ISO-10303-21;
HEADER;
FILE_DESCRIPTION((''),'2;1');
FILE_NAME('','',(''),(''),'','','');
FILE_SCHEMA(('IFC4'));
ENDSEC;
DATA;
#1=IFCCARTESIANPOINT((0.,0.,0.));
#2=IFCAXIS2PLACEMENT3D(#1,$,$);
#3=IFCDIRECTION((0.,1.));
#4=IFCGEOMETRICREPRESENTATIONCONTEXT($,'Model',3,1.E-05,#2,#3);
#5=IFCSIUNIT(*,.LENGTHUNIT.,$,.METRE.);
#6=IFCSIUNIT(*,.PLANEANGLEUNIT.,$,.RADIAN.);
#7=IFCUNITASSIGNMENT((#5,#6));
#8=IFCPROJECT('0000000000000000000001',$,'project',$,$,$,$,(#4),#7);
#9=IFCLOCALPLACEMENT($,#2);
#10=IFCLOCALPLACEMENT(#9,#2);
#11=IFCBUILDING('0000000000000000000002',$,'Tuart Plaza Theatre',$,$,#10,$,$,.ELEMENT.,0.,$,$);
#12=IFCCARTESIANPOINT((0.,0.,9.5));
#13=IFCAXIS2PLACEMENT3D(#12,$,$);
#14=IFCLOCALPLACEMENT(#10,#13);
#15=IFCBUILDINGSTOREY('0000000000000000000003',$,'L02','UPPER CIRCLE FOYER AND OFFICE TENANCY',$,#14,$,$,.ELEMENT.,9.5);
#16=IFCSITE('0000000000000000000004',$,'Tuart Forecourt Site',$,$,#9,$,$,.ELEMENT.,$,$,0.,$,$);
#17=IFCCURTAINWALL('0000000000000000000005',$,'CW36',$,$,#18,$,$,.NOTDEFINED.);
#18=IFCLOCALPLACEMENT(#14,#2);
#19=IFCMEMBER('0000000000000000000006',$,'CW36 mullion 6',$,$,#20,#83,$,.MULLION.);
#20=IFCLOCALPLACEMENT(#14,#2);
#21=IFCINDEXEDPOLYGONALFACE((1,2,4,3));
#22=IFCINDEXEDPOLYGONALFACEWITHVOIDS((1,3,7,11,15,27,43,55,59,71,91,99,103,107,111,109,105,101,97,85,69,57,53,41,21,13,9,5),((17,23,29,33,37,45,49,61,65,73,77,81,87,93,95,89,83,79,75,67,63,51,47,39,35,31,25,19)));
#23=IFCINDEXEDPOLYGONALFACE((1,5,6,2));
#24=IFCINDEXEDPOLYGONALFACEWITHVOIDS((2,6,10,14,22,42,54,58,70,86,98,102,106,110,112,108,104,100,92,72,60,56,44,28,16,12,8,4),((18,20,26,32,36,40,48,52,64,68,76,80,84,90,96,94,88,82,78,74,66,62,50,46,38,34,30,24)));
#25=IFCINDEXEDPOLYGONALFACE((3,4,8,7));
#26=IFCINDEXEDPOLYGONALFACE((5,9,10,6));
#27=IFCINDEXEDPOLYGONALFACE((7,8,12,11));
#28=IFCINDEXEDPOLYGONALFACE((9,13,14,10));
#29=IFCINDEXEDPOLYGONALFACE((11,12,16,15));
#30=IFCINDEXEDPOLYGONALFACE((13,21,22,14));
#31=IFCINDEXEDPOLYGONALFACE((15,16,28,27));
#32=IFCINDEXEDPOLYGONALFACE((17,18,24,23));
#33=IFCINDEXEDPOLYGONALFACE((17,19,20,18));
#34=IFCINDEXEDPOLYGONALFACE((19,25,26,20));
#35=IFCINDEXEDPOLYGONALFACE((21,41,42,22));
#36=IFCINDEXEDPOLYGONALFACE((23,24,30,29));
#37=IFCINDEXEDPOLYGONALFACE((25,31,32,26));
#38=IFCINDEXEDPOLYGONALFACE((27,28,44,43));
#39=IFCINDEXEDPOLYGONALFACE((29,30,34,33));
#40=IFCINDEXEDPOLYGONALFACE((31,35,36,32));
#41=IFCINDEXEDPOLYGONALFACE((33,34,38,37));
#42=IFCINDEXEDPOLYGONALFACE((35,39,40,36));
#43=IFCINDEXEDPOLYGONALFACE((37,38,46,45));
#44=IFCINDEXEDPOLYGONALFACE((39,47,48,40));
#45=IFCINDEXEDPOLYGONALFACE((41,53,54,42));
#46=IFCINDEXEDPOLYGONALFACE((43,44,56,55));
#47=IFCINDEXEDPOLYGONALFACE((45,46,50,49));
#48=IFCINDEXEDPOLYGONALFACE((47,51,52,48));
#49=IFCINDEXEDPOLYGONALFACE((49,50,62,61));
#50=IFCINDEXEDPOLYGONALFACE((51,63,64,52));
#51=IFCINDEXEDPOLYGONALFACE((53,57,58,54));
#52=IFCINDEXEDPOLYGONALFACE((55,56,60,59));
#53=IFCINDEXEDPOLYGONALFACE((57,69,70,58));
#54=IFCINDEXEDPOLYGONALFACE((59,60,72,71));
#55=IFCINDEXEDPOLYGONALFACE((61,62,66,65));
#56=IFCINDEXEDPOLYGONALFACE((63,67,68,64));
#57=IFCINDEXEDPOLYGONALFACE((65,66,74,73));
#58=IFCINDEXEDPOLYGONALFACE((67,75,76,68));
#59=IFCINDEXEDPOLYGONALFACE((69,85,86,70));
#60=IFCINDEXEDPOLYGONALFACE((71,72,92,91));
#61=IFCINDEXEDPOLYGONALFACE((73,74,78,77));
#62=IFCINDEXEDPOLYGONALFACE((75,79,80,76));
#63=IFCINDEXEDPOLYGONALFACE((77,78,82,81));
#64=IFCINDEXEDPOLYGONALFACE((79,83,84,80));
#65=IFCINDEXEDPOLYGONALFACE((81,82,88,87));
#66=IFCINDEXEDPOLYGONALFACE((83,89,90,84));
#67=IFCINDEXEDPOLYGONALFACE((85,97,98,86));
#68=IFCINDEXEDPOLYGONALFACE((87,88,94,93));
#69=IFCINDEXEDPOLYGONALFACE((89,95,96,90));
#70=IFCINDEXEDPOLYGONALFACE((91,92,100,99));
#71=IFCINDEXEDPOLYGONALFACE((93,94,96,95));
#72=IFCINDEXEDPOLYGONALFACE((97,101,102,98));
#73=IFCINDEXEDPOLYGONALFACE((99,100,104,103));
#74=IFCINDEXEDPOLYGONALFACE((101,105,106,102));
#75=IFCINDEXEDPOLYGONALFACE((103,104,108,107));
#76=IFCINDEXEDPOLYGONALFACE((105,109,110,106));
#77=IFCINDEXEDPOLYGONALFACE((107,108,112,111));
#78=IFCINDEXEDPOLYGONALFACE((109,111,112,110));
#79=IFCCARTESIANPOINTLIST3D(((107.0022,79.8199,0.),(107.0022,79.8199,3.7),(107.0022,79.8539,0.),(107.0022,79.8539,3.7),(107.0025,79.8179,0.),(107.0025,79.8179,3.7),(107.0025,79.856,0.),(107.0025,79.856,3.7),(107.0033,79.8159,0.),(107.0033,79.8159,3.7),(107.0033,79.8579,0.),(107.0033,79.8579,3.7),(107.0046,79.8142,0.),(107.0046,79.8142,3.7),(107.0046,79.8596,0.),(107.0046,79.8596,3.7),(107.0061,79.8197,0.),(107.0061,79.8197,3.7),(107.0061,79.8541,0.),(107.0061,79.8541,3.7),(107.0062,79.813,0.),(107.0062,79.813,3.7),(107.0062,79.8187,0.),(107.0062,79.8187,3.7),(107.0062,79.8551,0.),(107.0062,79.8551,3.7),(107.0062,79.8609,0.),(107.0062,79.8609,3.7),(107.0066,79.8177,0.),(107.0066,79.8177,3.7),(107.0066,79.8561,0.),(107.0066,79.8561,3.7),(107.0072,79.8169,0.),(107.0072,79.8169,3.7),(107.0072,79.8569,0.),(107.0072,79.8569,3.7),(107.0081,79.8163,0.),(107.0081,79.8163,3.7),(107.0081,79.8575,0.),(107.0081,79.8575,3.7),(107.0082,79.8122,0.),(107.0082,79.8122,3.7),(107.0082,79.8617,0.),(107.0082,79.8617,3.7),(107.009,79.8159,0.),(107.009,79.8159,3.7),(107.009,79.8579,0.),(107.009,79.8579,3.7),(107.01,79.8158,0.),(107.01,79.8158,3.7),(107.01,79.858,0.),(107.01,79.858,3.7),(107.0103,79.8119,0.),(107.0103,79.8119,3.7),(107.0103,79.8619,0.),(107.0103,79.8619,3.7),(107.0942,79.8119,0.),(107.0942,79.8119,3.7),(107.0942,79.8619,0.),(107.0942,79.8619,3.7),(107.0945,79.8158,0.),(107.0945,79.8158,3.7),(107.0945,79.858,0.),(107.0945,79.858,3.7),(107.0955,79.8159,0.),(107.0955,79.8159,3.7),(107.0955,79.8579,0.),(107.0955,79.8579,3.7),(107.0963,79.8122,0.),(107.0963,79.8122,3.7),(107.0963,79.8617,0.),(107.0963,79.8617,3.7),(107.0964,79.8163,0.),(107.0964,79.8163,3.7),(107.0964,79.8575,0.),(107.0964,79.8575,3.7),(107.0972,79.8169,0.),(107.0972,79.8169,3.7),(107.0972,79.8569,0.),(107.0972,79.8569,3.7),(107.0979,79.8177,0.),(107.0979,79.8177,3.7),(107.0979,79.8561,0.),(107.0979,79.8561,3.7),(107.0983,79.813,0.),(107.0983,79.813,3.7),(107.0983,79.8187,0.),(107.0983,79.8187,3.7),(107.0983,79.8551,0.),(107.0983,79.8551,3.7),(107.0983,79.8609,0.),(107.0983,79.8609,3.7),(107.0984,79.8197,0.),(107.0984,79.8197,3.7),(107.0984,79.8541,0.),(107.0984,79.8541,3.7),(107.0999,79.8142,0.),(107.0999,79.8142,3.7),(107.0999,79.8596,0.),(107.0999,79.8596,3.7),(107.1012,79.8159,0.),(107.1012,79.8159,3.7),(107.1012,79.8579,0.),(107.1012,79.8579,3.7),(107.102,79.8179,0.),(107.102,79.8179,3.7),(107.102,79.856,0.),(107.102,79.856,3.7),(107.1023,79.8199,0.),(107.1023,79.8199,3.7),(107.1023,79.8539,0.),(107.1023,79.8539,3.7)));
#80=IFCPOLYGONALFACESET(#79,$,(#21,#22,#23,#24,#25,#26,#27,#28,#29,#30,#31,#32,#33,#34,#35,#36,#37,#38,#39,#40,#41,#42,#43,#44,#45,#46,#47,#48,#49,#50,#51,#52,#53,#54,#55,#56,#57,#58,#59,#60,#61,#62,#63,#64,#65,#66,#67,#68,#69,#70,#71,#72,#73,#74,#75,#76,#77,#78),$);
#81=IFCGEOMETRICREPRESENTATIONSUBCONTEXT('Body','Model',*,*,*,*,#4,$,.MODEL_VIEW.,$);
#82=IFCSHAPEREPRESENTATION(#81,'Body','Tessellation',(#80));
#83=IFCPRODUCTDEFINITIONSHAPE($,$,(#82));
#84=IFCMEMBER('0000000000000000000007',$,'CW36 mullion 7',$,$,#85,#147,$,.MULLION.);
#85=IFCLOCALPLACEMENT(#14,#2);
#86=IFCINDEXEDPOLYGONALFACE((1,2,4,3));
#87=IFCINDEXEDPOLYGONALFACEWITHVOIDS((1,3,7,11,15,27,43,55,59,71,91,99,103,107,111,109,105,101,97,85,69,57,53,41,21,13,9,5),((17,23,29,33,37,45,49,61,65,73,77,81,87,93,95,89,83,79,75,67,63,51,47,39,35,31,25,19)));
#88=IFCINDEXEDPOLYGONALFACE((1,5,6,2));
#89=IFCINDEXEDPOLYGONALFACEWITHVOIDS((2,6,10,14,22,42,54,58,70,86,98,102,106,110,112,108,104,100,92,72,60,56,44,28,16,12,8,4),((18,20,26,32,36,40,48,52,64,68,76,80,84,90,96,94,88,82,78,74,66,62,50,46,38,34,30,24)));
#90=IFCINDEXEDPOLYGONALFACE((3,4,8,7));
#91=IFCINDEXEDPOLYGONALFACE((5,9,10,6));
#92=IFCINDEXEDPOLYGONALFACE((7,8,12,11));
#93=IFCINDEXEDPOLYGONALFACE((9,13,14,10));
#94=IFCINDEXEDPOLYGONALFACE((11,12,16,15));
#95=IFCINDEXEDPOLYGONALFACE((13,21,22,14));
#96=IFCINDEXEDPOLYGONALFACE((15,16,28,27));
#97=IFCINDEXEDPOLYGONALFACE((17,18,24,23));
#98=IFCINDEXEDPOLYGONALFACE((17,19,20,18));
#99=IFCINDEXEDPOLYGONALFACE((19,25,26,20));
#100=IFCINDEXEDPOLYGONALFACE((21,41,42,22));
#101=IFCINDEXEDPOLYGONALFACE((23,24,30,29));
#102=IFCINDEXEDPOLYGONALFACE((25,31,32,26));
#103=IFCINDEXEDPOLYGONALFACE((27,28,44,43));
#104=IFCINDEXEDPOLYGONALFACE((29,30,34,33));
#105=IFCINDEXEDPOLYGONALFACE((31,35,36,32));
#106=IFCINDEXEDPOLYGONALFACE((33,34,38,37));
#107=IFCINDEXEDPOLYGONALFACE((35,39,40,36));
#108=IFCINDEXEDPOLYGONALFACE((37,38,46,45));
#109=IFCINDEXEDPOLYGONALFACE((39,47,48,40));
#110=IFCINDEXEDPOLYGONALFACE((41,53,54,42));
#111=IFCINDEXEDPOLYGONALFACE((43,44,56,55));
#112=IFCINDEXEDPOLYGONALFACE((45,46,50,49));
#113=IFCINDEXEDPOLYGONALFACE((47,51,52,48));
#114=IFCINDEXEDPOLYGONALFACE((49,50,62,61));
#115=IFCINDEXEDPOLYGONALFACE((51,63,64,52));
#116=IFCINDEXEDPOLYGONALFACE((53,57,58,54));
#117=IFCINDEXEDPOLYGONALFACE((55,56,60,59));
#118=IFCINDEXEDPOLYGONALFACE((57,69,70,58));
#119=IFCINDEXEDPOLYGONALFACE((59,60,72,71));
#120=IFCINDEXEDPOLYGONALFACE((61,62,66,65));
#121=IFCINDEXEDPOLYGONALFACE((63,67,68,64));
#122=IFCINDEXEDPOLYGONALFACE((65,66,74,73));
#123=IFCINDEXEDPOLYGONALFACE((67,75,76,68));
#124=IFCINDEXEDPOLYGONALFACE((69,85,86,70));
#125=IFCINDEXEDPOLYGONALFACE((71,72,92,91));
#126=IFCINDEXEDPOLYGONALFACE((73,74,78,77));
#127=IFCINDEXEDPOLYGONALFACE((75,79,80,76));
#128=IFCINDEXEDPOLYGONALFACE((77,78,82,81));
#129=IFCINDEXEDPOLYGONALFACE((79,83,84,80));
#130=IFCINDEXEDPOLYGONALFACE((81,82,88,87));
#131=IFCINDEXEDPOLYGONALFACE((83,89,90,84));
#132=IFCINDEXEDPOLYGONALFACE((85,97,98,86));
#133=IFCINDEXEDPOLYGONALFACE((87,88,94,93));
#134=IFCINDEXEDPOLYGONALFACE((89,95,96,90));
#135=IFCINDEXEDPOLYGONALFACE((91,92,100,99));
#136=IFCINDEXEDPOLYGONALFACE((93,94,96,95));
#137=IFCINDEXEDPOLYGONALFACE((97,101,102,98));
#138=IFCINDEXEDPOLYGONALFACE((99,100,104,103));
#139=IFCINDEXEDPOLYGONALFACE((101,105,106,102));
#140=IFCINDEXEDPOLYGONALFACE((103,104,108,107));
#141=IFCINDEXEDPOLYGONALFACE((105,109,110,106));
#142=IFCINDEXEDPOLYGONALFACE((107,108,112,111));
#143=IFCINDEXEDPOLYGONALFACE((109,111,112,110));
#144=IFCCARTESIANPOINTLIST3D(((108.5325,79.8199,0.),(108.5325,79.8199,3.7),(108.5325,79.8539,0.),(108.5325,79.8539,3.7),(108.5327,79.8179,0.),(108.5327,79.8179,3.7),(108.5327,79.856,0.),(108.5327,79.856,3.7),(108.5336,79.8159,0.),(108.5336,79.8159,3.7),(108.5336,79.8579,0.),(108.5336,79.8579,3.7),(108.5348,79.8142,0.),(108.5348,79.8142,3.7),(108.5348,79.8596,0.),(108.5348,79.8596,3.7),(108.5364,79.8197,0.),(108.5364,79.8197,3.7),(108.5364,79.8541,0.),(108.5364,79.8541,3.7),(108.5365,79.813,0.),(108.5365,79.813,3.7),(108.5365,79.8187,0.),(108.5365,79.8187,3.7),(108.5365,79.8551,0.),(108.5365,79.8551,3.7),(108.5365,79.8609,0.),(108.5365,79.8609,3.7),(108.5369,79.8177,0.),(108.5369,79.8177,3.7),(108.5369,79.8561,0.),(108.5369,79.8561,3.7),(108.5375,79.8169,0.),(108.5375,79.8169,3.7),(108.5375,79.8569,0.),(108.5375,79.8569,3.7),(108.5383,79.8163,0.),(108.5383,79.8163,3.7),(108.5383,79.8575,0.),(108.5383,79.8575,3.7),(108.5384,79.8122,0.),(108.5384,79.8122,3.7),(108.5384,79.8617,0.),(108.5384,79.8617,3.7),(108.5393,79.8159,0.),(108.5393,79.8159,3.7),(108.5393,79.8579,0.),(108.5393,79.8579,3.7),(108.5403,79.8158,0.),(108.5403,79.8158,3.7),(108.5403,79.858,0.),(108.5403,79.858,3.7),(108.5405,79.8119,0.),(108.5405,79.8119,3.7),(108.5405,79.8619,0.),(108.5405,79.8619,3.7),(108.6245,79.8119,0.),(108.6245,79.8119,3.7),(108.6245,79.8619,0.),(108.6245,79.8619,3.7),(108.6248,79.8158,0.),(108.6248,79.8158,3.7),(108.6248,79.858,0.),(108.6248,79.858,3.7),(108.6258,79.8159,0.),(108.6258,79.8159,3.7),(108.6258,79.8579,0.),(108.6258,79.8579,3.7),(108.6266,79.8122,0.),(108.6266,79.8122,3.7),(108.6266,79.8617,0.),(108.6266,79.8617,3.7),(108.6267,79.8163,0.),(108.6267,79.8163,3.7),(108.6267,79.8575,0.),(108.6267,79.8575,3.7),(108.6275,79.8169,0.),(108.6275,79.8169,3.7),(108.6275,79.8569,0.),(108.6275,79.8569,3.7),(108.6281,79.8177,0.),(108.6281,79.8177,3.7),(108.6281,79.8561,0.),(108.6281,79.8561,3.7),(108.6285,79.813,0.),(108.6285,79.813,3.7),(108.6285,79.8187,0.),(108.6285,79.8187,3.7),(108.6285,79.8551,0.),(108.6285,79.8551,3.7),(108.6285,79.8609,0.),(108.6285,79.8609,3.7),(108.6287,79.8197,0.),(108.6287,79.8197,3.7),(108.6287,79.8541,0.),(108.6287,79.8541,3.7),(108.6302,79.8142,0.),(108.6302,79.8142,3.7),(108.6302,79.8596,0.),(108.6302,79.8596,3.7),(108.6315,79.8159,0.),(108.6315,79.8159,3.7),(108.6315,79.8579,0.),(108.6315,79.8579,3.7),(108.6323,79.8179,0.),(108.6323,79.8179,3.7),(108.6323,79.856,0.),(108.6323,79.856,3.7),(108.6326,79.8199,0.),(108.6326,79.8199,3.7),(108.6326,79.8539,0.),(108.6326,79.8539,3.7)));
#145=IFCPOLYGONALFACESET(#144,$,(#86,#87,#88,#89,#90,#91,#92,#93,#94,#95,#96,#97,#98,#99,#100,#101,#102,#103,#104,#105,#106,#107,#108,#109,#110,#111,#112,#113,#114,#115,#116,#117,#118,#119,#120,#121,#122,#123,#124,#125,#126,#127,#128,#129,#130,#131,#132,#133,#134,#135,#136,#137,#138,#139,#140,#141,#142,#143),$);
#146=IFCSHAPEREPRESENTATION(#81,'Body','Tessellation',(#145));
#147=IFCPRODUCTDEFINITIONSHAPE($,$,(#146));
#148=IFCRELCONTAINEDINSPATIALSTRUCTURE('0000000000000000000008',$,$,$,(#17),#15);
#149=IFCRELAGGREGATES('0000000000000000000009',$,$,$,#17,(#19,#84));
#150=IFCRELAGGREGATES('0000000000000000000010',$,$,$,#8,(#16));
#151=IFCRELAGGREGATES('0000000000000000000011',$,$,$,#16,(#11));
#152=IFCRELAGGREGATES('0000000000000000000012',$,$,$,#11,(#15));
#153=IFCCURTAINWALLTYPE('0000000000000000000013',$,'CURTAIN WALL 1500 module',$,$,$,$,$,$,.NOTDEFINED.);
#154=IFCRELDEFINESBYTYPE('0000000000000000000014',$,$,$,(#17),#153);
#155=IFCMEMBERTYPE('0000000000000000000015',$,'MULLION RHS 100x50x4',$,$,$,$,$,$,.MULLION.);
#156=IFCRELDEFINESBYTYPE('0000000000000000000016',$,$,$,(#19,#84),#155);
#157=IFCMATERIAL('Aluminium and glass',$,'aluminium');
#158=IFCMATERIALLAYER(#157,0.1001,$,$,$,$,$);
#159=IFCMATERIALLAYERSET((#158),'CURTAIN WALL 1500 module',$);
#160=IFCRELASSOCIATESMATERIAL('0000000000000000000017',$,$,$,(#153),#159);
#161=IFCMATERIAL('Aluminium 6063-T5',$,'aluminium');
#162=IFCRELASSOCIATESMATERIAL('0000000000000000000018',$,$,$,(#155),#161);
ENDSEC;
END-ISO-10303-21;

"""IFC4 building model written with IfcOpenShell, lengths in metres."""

from ifc_helpers import new_model, si_unit, direction, frame, origin, origin_2d, place, context, subcontext, project, spatial, hollow_rectangle, extrude, material, layer, layer_set, material_profile, profile_set, type_object, element, aggregate, save


model = new_model("IFC4")

# Units and contexts
model_context = context("Model", 3, precision=1e-05, world=origin(), true_north=direction((0.0, 1.0)))
body_context = subcontext(model_context, "Body", "Model", "MODEL_VIEW")
ifc_project = project(units=[si_unit("LENGTHUNIT", "METRE"), si_unit("PLANEANGLEUNIT", "RADIAN")], contexts=[model_context])

# Site, building, storey
site_placement = place(None, origin())
site = spatial("IfcSite", under=ifc_project, at=site_placement, Name="Tuart Forecourt Site", CompositionType="ELEMENT", RefElevation=0.0)
building_placement = place(site_placement, origin())
building = spatial("IfcBuilding", under=site, at=building_placement, Name="Tuart Plaza Theatre", CompositionType="ELEMENT", ElevationOfRefHeight=0.0)
storey_placement = place(building_placement, frame((0.0, 0.0, 9.5)))
storey = spatial("IfcBuildingStorey", under=building, at=storey_placement, Name="L02", Description="UPPER CIRCLE FOYER AND OFFICE TENANCY", CompositionType="ELEMENT", Elevation=9.5)

# Curtain wall, members
ifc_material_1 = material(Name="Aluminium and glass", Category="aluminium")
ifc_layer_1 = layer(ifc_material_1, 0.1001)
ifc_layer_set_1 = layer_set([ifc_layer_1], Name="CURTAIN WALL 1500 module")
curtain_wall_type = type_object("IfcCurtainWallType", Name="CURTAIN WALL 1500 module", PredefinedType="NOTDEFINED", material=ifc_layer_set_1)
curtain_wall_placement = place(storey_placement, origin())
curtain_wall = element("IfcCurtainWall", 1, at=curtain_wall_placement, inside=storey, type_object=curtain_wall_type, Name="CW36", PredefinedType="NOTDEFINED")
ifc_material_2 = material(Name="Aluminium 6063-T5", Category="aluminium")
ifc_material_profile_1 = material_profile(ifc_material_2, hollow_rectangle(XDim=0.05, YDim=0.1001, WallThickness=0.0039, InnerFilletRadius=0.0039, OuterFilletRadius=0.0081, at=origin_2d()), Name="RHS 100x50x4")
ifc_profile_set_1 = profile_set([ifc_material_profile_1], Name="Aluminium 6063-T5")
member_type_1 = type_object("IfcMemberType", Name="MULLION RHS 100x50x4", PredefinedType="MULLION", material=ifc_profile_set_1)
member_1_placement = place(storey_placement, frame((107.0522, 79.8369, 0.0), z_axis=(0.0, 0.0, 1.0), x_axis=(0.0, 1.0, 0.0)))
member_1 = element("IfcMember", 2, at=member_1_placement, type_object=member_type_1, Name="CW36 mullion 6", PredefinedType="MULLION", context=body_context, shape_type="SweptSolid", body=[
    extrude(hollow_rectangle(XDim=0.05, YDim=0.1001, WallThickness=0.0039, InnerFilletRadius=0.0039, OuterFilletRadius=0.0081, at=origin_2d()), origin(), (0.0, 0.0, 1.0), 3.7),
])
member_2_placement = place(storey_placement, frame((108.5825, 79.8369, 0.0), z_axis=(0.0, 0.0, 1.0), x_axis=(0.0, 1.0, 0.0)))
member_2 = element("IfcMember", 3, at=member_2_placement, type_object=member_type_1, Name="CW36 mullion 7", PredefinedType="MULLION", context=body_context, shape_type="SweptSolid", body=[
    extrude(hollow_rectangle(XDim=0.05, YDim=0.1001, WallThickness=0.0039, InnerFilletRadius=0.0039, OuterFilletRadius=0.0081, at=origin_2d()), origin(), (0.0, 0.0, 1.0), 3.7),
])
aggregate(curtain_wall, [member_1, member_2])

save(model, "model.ifc")
